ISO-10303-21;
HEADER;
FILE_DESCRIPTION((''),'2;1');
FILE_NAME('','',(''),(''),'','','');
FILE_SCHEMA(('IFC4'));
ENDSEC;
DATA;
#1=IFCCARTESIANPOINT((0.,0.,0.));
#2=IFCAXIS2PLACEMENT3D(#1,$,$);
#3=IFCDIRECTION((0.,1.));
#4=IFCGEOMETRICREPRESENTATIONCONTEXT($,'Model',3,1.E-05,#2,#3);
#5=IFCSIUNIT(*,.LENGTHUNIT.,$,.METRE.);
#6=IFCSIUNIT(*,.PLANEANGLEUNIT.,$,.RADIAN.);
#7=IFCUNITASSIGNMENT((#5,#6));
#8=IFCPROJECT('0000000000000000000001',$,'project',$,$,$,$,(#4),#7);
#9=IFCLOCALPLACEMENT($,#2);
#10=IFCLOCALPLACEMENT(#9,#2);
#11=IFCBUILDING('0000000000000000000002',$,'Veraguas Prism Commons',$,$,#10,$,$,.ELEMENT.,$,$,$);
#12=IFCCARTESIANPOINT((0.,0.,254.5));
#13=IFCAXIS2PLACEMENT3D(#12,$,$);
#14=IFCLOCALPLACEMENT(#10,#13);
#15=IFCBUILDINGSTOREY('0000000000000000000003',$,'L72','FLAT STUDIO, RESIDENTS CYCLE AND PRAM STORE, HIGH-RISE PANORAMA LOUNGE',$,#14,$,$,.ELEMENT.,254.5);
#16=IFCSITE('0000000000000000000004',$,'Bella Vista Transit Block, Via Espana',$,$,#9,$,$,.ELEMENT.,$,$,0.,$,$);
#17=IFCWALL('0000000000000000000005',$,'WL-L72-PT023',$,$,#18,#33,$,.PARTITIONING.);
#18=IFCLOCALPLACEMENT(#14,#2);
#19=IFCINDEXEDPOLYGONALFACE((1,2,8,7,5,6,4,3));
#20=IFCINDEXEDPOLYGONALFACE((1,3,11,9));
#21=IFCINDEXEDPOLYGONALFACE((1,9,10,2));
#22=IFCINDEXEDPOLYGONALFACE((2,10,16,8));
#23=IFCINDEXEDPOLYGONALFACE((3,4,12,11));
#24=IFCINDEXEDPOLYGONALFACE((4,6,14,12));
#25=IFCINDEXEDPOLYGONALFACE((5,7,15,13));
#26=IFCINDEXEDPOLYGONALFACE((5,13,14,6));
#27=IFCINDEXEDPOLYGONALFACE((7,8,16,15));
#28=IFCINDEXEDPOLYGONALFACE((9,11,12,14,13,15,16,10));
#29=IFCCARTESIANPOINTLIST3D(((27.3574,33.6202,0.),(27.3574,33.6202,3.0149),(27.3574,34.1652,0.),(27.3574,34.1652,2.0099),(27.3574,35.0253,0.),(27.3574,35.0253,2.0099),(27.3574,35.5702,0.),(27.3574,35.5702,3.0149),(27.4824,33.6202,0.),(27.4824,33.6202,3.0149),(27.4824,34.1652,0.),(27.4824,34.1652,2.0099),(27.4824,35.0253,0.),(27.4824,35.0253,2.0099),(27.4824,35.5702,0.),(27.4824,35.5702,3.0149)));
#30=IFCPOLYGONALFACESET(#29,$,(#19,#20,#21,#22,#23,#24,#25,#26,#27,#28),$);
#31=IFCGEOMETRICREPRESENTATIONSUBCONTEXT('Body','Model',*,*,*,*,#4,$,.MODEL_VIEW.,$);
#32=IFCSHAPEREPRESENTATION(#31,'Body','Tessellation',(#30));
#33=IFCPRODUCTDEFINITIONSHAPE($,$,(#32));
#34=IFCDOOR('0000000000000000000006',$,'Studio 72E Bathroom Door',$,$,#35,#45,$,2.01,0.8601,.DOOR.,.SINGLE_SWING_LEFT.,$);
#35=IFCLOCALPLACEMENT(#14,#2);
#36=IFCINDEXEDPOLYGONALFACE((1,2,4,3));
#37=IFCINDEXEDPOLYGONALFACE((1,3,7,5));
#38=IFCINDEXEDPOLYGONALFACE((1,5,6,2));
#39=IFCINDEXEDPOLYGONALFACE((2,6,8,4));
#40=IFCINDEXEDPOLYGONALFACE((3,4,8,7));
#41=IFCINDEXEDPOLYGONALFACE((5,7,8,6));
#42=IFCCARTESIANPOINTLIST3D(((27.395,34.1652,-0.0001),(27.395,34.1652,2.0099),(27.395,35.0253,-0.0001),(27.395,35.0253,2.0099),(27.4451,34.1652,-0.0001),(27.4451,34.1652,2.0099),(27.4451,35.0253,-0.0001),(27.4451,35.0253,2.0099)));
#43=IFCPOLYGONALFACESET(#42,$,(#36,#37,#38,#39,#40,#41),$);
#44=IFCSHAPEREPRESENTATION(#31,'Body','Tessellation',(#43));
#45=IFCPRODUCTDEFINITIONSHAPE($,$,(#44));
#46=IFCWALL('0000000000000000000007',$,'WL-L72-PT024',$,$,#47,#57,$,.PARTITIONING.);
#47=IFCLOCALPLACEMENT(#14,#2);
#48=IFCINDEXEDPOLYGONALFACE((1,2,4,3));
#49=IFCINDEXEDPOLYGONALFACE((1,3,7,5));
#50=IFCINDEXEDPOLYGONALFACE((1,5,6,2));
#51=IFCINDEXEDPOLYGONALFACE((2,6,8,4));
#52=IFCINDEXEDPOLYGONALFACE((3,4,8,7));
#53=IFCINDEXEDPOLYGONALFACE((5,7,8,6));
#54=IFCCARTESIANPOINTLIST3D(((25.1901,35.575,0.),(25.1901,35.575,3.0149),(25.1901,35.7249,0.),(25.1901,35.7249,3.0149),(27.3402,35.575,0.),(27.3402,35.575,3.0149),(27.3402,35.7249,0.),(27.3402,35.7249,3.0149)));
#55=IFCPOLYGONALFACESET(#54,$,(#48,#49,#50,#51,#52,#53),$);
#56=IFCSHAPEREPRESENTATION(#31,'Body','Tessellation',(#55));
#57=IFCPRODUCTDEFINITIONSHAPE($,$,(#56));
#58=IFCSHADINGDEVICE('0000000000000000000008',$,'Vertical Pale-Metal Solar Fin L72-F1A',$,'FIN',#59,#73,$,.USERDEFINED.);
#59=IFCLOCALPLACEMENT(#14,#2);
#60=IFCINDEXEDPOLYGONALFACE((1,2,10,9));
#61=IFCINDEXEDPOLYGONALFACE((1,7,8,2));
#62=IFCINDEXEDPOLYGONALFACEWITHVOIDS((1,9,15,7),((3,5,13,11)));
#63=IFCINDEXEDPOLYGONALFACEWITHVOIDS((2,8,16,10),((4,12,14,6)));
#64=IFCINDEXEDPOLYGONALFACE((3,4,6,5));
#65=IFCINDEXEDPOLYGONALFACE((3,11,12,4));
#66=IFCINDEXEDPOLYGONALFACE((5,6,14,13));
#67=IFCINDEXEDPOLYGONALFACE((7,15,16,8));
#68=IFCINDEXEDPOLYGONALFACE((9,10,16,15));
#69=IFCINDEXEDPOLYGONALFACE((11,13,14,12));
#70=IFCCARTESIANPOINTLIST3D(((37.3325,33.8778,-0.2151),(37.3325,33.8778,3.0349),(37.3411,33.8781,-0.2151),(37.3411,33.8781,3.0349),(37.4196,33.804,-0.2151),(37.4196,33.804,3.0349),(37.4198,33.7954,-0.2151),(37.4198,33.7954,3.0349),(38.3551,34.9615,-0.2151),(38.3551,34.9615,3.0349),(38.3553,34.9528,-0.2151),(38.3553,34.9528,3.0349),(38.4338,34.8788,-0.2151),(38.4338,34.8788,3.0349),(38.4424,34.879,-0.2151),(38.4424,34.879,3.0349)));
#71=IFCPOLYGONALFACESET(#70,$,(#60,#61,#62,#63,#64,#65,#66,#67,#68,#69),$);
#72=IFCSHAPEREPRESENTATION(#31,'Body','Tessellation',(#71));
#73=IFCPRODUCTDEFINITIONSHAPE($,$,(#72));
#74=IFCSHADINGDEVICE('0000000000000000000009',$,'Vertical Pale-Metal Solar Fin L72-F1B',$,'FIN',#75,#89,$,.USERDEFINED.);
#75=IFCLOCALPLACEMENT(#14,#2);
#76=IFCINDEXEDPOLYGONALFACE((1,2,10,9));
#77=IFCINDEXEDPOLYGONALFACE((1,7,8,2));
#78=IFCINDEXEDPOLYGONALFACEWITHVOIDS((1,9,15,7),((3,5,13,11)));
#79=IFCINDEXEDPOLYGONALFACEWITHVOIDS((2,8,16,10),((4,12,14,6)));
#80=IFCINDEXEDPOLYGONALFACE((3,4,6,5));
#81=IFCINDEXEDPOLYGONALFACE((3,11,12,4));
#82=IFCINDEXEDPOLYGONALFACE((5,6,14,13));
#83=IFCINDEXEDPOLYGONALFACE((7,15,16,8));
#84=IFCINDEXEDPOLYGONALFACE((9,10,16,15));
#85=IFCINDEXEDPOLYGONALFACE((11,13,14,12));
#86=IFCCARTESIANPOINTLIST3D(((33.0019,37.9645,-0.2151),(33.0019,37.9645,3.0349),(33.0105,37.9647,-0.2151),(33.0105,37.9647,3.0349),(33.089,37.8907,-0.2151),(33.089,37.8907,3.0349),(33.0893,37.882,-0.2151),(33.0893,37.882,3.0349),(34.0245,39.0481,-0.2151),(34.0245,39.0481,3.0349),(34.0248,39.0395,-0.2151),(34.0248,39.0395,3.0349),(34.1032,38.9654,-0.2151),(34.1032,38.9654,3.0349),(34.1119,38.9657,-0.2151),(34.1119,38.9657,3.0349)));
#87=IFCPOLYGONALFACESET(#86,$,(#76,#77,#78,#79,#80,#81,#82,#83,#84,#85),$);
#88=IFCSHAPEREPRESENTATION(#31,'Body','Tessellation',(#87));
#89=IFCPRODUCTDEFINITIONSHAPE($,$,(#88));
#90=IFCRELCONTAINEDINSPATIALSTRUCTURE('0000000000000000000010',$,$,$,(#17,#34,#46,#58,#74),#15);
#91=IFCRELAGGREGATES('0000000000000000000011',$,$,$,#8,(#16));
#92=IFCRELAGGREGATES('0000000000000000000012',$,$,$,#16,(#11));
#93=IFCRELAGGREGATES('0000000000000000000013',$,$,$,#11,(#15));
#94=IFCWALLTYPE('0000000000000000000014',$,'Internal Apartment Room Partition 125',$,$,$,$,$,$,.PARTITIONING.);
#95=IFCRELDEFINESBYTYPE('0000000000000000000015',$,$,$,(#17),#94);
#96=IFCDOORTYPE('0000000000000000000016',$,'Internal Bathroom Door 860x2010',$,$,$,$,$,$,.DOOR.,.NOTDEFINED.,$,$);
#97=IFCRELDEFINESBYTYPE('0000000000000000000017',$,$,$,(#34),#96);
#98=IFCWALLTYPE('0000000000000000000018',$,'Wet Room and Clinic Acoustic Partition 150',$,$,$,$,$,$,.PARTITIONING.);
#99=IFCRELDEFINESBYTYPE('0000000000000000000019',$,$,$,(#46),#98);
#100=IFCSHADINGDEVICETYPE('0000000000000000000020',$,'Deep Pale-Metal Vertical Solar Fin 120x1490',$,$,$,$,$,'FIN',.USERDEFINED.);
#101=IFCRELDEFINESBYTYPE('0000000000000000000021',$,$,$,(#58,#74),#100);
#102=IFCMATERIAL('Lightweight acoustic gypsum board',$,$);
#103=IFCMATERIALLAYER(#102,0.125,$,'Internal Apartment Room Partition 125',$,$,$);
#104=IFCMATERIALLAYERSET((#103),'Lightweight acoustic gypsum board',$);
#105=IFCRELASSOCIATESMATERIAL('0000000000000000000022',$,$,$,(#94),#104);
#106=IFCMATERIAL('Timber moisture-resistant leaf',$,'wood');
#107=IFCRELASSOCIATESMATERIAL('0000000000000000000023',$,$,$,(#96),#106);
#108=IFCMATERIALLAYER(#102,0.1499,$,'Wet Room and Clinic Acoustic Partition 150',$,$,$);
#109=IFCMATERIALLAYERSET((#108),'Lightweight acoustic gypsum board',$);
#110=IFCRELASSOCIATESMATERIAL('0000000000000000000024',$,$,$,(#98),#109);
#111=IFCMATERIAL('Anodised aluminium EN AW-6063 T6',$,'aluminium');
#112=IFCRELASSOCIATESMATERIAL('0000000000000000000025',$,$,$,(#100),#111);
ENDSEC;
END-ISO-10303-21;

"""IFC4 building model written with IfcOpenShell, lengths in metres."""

from ifc_helpers import new_model, si_unit, direction, frame, frame_2d, origin, origin_2d, place, context, subcontext, project, spatial, rectangle, hollow_rectangle, extrude, source, transform, mapped, material, layer, layer_set, material_profile, profile_set, type_object, element, fill, save


model = new_model("IFC4")

# Units and contexts
model_context = context("Model", 3, precision=1e-05, world=origin(), true_north=direction((0.0, 1.0)))
body_context = subcontext(model_context, "Body", "Model", "MODEL_VIEW")
ifc_project = project(units=[si_unit("LENGTHUNIT", "METRE"), si_unit("PLANEANGLEUNIT", "RADIAN")], contexts=[model_context])

# Site, building, storey
site_placement = place(None, origin())
site = spatial("IfcSite", under=ifc_project, at=site_placement, Name="Bella Vista Transit Block, Via Espana", CompositionType="ELEMENT", RefElevation=0.0)
building_placement = place(site_placement, origin())
building = spatial("IfcBuilding", under=site, at=building_placement, Name="Veraguas Prism Commons", CompositionType="ELEMENT")
storey_placement = place(building_placement, frame((0.0, 0.0, 254.5)))
storey = spatial("IfcBuildingStorey", under=building, at=storey_placement, Name="L72", Description="FLAT STUDIO, RESIDENTS CYCLE AND PRAM STORE, HIGH-RISE PANORAMA LOUNGE", CompositionType="ELEMENT", Elevation=254.5)

# Shared definitions
ifc_material_1 = material(Name="Anodised aluminium EN AW-6063 T6", Category="aluminium")

# Wall, opening, door
ifc_material_2 = material(Name="Lightweight acoustic gypsum board")
ifc_layer_1 = layer(ifc_material_2, 0.125, Name="Internal Apartment Room Partition 125")
ifc_layer_set_1 = layer_set([ifc_layer_1], Name="Lightweight acoustic gypsum board")
wall_type_1 = type_object("IfcWallType", Name="Internal Apartment Room Partition 125", PredefinedType="PARTITIONING", material=ifc_layer_set_1)
wall_1_placement = place(storey_placement, frame((27.4199, 33.6201, 0.0), z_axis=(0.0, 0.0, 1.0), x_axis=(0.0, 1.0, 0.0)))
wall_1 = element("IfcWall", 1, at=wall_1_placement, inside=storey, type_object=wall_type_1, Name="WL-L72-PT023", PredefinedType="PARTITIONING", context=body_context, shape_type="SweptSolid", body=[
    extrude(rectangle(XDim=1.95, YDim=0.125, at=frame_2d((0.9751, 0.0))), origin(), (0.0, 0.0, 1.0), 3.0149),
])
opening_1_placement = place(wall_1_placement, frame((0.5449, 0.0, 0.0)))
opening_1 = element("IfcOpeningElement", 2, at=opening_1_placement, cuts=wall_1, PredefinedType="OPENING", context=body_context, shape_type="SweptSolid", body=[
    extrude(rectangle(XDim=0.8601, YDim=2.01, at=frame_2d((0.4302, 1.0049))), frame((0.0, 0.0725, 0.0), z_axis=(0.0, -1.0, 0.0), x_axis=(1.0, 0.0, 0.0)), (0.0, 0.0, 1.0), 0.145),
])
ifc_material_3 = material(Name="Timber moisture-resistant leaf", Category="wood")
door_type_1 = type_object("IfcDoorType", Name="Internal Bathroom Door 860x2010", OperationType="NOTDEFINED", PredefinedType="DOOR", material=ifc_material_3)
shared_shape_1 = source(origin(), body_context, "Body", "SweptSolid", [
    extrude(rectangle(XDim=0.8601, YDim=2.01, at=frame_2d((0.4302, 1.0049))), frame((0.0, 0.0249, 0.0), z_axis=(0.0, -1.0, 0.0), x_axis=(1.0, 0.0, 0.0)), (0.0, 0.0, 1.0), 0.05),
])
door_1_placement = place(opening_1_placement, origin())
door_1 = element("IfcDoor", 3, at=door_1_placement, inside=storey, type_object=door_type_1, Name="Studio 72E Bathroom Door", OperationType="SINGLE_SWING_LEFT", OverallHeight=2.01, OverallWidth=0.8601, PredefinedType="DOOR", context=body_context, shape_type="MappedRepresentation", body=[
    mapped(shared_shape_1, transform((0.0, 0.0, 0.0), scale=1.0)),
])
fill(opening_1, door_1)

# Wall
ifc_layer_2 = layer(ifc_material_2, 0.1499, Name="Wet Room and Clinic Acoustic Partition 150")
ifc_layer_set_2 = layer_set([ifc_layer_2], Name="Lightweight acoustic gypsum board")
wall_type_2 = type_object("IfcWallType", Name="Wet Room and Clinic Acoustic Partition 150", PredefinedType="PARTITIONING", material=ifc_layer_set_2)
wall_2_placement = place(storey_placement, frame((25.1899, 35.6499, 0.0), z_axis=(0.0, 0.0, 1.0), x_axis=(1.0, 0.0, 0.0)))
element("IfcWall", 4, at=wall_2_placement, inside=storey, type_object=wall_type_2, Name="WL-L72-PT024", PredefinedType="PARTITIONING", context=body_context, shape_type="SweptSolid", body=[
    extrude(rectangle(XDim=2.1501, YDim=0.1499, at=frame_2d((1.0752, 0.0))), origin(), (0.0, 0.0, 1.0), 3.0149),
])

# Shading devices
ifc_material_profile_1 = material_profile(ifc_material_1, hollow_rectangle(XDim=0.1201, YDim=1.49, WallThickness=0.0061, at=origin_2d()), Name="FIN120X1490X6")
ifc_profile_set_1 = profile_set([ifc_material_profile_1], Name="Anodised aluminium EN AW-6063 T6")
shading_device_type = type_object("IfcShadingDeviceType", Name="Deep Pale-Metal Vertical Solar Fin 120x1490", ElementType="FIN", PredefinedType="USERDEFINED", material=ifc_profile_set_1)
for number, where, z_axis, x_axis, name in (
    (5, (37.8875, 34.3784, -0.2151), (0.0, 0.0, 1.0), (-0.727291, 0.686329, 0.0), "Vertical Pale-Metal Solar Fin L72-F1A"),
    (6, (33.5569, 38.4651, -0.2151), (0.0, 0.0, 1.0), (-0.727291, 0.686329, 0.0), "Vertical Pale-Metal Solar Fin L72-F1B"),
):
    element("IfcShadingDevice", number, at=place(storey_placement, frame(where, z_axis=z_axis, x_axis=x_axis)), inside=storey, type_object=shading_device_type, Name=name, ObjectType="FIN", PredefinedType="USERDEFINED", context=body_context, shape_type="SweptSolid", body=[
        extrude(hollow_rectangle(XDim=0.1201, YDim=1.49, WallThickness=0.0061, at=origin_2d()), origin(), (0.0, 0.0, 1.0), 3.25),
    ])

save(model, "model.ifc")
